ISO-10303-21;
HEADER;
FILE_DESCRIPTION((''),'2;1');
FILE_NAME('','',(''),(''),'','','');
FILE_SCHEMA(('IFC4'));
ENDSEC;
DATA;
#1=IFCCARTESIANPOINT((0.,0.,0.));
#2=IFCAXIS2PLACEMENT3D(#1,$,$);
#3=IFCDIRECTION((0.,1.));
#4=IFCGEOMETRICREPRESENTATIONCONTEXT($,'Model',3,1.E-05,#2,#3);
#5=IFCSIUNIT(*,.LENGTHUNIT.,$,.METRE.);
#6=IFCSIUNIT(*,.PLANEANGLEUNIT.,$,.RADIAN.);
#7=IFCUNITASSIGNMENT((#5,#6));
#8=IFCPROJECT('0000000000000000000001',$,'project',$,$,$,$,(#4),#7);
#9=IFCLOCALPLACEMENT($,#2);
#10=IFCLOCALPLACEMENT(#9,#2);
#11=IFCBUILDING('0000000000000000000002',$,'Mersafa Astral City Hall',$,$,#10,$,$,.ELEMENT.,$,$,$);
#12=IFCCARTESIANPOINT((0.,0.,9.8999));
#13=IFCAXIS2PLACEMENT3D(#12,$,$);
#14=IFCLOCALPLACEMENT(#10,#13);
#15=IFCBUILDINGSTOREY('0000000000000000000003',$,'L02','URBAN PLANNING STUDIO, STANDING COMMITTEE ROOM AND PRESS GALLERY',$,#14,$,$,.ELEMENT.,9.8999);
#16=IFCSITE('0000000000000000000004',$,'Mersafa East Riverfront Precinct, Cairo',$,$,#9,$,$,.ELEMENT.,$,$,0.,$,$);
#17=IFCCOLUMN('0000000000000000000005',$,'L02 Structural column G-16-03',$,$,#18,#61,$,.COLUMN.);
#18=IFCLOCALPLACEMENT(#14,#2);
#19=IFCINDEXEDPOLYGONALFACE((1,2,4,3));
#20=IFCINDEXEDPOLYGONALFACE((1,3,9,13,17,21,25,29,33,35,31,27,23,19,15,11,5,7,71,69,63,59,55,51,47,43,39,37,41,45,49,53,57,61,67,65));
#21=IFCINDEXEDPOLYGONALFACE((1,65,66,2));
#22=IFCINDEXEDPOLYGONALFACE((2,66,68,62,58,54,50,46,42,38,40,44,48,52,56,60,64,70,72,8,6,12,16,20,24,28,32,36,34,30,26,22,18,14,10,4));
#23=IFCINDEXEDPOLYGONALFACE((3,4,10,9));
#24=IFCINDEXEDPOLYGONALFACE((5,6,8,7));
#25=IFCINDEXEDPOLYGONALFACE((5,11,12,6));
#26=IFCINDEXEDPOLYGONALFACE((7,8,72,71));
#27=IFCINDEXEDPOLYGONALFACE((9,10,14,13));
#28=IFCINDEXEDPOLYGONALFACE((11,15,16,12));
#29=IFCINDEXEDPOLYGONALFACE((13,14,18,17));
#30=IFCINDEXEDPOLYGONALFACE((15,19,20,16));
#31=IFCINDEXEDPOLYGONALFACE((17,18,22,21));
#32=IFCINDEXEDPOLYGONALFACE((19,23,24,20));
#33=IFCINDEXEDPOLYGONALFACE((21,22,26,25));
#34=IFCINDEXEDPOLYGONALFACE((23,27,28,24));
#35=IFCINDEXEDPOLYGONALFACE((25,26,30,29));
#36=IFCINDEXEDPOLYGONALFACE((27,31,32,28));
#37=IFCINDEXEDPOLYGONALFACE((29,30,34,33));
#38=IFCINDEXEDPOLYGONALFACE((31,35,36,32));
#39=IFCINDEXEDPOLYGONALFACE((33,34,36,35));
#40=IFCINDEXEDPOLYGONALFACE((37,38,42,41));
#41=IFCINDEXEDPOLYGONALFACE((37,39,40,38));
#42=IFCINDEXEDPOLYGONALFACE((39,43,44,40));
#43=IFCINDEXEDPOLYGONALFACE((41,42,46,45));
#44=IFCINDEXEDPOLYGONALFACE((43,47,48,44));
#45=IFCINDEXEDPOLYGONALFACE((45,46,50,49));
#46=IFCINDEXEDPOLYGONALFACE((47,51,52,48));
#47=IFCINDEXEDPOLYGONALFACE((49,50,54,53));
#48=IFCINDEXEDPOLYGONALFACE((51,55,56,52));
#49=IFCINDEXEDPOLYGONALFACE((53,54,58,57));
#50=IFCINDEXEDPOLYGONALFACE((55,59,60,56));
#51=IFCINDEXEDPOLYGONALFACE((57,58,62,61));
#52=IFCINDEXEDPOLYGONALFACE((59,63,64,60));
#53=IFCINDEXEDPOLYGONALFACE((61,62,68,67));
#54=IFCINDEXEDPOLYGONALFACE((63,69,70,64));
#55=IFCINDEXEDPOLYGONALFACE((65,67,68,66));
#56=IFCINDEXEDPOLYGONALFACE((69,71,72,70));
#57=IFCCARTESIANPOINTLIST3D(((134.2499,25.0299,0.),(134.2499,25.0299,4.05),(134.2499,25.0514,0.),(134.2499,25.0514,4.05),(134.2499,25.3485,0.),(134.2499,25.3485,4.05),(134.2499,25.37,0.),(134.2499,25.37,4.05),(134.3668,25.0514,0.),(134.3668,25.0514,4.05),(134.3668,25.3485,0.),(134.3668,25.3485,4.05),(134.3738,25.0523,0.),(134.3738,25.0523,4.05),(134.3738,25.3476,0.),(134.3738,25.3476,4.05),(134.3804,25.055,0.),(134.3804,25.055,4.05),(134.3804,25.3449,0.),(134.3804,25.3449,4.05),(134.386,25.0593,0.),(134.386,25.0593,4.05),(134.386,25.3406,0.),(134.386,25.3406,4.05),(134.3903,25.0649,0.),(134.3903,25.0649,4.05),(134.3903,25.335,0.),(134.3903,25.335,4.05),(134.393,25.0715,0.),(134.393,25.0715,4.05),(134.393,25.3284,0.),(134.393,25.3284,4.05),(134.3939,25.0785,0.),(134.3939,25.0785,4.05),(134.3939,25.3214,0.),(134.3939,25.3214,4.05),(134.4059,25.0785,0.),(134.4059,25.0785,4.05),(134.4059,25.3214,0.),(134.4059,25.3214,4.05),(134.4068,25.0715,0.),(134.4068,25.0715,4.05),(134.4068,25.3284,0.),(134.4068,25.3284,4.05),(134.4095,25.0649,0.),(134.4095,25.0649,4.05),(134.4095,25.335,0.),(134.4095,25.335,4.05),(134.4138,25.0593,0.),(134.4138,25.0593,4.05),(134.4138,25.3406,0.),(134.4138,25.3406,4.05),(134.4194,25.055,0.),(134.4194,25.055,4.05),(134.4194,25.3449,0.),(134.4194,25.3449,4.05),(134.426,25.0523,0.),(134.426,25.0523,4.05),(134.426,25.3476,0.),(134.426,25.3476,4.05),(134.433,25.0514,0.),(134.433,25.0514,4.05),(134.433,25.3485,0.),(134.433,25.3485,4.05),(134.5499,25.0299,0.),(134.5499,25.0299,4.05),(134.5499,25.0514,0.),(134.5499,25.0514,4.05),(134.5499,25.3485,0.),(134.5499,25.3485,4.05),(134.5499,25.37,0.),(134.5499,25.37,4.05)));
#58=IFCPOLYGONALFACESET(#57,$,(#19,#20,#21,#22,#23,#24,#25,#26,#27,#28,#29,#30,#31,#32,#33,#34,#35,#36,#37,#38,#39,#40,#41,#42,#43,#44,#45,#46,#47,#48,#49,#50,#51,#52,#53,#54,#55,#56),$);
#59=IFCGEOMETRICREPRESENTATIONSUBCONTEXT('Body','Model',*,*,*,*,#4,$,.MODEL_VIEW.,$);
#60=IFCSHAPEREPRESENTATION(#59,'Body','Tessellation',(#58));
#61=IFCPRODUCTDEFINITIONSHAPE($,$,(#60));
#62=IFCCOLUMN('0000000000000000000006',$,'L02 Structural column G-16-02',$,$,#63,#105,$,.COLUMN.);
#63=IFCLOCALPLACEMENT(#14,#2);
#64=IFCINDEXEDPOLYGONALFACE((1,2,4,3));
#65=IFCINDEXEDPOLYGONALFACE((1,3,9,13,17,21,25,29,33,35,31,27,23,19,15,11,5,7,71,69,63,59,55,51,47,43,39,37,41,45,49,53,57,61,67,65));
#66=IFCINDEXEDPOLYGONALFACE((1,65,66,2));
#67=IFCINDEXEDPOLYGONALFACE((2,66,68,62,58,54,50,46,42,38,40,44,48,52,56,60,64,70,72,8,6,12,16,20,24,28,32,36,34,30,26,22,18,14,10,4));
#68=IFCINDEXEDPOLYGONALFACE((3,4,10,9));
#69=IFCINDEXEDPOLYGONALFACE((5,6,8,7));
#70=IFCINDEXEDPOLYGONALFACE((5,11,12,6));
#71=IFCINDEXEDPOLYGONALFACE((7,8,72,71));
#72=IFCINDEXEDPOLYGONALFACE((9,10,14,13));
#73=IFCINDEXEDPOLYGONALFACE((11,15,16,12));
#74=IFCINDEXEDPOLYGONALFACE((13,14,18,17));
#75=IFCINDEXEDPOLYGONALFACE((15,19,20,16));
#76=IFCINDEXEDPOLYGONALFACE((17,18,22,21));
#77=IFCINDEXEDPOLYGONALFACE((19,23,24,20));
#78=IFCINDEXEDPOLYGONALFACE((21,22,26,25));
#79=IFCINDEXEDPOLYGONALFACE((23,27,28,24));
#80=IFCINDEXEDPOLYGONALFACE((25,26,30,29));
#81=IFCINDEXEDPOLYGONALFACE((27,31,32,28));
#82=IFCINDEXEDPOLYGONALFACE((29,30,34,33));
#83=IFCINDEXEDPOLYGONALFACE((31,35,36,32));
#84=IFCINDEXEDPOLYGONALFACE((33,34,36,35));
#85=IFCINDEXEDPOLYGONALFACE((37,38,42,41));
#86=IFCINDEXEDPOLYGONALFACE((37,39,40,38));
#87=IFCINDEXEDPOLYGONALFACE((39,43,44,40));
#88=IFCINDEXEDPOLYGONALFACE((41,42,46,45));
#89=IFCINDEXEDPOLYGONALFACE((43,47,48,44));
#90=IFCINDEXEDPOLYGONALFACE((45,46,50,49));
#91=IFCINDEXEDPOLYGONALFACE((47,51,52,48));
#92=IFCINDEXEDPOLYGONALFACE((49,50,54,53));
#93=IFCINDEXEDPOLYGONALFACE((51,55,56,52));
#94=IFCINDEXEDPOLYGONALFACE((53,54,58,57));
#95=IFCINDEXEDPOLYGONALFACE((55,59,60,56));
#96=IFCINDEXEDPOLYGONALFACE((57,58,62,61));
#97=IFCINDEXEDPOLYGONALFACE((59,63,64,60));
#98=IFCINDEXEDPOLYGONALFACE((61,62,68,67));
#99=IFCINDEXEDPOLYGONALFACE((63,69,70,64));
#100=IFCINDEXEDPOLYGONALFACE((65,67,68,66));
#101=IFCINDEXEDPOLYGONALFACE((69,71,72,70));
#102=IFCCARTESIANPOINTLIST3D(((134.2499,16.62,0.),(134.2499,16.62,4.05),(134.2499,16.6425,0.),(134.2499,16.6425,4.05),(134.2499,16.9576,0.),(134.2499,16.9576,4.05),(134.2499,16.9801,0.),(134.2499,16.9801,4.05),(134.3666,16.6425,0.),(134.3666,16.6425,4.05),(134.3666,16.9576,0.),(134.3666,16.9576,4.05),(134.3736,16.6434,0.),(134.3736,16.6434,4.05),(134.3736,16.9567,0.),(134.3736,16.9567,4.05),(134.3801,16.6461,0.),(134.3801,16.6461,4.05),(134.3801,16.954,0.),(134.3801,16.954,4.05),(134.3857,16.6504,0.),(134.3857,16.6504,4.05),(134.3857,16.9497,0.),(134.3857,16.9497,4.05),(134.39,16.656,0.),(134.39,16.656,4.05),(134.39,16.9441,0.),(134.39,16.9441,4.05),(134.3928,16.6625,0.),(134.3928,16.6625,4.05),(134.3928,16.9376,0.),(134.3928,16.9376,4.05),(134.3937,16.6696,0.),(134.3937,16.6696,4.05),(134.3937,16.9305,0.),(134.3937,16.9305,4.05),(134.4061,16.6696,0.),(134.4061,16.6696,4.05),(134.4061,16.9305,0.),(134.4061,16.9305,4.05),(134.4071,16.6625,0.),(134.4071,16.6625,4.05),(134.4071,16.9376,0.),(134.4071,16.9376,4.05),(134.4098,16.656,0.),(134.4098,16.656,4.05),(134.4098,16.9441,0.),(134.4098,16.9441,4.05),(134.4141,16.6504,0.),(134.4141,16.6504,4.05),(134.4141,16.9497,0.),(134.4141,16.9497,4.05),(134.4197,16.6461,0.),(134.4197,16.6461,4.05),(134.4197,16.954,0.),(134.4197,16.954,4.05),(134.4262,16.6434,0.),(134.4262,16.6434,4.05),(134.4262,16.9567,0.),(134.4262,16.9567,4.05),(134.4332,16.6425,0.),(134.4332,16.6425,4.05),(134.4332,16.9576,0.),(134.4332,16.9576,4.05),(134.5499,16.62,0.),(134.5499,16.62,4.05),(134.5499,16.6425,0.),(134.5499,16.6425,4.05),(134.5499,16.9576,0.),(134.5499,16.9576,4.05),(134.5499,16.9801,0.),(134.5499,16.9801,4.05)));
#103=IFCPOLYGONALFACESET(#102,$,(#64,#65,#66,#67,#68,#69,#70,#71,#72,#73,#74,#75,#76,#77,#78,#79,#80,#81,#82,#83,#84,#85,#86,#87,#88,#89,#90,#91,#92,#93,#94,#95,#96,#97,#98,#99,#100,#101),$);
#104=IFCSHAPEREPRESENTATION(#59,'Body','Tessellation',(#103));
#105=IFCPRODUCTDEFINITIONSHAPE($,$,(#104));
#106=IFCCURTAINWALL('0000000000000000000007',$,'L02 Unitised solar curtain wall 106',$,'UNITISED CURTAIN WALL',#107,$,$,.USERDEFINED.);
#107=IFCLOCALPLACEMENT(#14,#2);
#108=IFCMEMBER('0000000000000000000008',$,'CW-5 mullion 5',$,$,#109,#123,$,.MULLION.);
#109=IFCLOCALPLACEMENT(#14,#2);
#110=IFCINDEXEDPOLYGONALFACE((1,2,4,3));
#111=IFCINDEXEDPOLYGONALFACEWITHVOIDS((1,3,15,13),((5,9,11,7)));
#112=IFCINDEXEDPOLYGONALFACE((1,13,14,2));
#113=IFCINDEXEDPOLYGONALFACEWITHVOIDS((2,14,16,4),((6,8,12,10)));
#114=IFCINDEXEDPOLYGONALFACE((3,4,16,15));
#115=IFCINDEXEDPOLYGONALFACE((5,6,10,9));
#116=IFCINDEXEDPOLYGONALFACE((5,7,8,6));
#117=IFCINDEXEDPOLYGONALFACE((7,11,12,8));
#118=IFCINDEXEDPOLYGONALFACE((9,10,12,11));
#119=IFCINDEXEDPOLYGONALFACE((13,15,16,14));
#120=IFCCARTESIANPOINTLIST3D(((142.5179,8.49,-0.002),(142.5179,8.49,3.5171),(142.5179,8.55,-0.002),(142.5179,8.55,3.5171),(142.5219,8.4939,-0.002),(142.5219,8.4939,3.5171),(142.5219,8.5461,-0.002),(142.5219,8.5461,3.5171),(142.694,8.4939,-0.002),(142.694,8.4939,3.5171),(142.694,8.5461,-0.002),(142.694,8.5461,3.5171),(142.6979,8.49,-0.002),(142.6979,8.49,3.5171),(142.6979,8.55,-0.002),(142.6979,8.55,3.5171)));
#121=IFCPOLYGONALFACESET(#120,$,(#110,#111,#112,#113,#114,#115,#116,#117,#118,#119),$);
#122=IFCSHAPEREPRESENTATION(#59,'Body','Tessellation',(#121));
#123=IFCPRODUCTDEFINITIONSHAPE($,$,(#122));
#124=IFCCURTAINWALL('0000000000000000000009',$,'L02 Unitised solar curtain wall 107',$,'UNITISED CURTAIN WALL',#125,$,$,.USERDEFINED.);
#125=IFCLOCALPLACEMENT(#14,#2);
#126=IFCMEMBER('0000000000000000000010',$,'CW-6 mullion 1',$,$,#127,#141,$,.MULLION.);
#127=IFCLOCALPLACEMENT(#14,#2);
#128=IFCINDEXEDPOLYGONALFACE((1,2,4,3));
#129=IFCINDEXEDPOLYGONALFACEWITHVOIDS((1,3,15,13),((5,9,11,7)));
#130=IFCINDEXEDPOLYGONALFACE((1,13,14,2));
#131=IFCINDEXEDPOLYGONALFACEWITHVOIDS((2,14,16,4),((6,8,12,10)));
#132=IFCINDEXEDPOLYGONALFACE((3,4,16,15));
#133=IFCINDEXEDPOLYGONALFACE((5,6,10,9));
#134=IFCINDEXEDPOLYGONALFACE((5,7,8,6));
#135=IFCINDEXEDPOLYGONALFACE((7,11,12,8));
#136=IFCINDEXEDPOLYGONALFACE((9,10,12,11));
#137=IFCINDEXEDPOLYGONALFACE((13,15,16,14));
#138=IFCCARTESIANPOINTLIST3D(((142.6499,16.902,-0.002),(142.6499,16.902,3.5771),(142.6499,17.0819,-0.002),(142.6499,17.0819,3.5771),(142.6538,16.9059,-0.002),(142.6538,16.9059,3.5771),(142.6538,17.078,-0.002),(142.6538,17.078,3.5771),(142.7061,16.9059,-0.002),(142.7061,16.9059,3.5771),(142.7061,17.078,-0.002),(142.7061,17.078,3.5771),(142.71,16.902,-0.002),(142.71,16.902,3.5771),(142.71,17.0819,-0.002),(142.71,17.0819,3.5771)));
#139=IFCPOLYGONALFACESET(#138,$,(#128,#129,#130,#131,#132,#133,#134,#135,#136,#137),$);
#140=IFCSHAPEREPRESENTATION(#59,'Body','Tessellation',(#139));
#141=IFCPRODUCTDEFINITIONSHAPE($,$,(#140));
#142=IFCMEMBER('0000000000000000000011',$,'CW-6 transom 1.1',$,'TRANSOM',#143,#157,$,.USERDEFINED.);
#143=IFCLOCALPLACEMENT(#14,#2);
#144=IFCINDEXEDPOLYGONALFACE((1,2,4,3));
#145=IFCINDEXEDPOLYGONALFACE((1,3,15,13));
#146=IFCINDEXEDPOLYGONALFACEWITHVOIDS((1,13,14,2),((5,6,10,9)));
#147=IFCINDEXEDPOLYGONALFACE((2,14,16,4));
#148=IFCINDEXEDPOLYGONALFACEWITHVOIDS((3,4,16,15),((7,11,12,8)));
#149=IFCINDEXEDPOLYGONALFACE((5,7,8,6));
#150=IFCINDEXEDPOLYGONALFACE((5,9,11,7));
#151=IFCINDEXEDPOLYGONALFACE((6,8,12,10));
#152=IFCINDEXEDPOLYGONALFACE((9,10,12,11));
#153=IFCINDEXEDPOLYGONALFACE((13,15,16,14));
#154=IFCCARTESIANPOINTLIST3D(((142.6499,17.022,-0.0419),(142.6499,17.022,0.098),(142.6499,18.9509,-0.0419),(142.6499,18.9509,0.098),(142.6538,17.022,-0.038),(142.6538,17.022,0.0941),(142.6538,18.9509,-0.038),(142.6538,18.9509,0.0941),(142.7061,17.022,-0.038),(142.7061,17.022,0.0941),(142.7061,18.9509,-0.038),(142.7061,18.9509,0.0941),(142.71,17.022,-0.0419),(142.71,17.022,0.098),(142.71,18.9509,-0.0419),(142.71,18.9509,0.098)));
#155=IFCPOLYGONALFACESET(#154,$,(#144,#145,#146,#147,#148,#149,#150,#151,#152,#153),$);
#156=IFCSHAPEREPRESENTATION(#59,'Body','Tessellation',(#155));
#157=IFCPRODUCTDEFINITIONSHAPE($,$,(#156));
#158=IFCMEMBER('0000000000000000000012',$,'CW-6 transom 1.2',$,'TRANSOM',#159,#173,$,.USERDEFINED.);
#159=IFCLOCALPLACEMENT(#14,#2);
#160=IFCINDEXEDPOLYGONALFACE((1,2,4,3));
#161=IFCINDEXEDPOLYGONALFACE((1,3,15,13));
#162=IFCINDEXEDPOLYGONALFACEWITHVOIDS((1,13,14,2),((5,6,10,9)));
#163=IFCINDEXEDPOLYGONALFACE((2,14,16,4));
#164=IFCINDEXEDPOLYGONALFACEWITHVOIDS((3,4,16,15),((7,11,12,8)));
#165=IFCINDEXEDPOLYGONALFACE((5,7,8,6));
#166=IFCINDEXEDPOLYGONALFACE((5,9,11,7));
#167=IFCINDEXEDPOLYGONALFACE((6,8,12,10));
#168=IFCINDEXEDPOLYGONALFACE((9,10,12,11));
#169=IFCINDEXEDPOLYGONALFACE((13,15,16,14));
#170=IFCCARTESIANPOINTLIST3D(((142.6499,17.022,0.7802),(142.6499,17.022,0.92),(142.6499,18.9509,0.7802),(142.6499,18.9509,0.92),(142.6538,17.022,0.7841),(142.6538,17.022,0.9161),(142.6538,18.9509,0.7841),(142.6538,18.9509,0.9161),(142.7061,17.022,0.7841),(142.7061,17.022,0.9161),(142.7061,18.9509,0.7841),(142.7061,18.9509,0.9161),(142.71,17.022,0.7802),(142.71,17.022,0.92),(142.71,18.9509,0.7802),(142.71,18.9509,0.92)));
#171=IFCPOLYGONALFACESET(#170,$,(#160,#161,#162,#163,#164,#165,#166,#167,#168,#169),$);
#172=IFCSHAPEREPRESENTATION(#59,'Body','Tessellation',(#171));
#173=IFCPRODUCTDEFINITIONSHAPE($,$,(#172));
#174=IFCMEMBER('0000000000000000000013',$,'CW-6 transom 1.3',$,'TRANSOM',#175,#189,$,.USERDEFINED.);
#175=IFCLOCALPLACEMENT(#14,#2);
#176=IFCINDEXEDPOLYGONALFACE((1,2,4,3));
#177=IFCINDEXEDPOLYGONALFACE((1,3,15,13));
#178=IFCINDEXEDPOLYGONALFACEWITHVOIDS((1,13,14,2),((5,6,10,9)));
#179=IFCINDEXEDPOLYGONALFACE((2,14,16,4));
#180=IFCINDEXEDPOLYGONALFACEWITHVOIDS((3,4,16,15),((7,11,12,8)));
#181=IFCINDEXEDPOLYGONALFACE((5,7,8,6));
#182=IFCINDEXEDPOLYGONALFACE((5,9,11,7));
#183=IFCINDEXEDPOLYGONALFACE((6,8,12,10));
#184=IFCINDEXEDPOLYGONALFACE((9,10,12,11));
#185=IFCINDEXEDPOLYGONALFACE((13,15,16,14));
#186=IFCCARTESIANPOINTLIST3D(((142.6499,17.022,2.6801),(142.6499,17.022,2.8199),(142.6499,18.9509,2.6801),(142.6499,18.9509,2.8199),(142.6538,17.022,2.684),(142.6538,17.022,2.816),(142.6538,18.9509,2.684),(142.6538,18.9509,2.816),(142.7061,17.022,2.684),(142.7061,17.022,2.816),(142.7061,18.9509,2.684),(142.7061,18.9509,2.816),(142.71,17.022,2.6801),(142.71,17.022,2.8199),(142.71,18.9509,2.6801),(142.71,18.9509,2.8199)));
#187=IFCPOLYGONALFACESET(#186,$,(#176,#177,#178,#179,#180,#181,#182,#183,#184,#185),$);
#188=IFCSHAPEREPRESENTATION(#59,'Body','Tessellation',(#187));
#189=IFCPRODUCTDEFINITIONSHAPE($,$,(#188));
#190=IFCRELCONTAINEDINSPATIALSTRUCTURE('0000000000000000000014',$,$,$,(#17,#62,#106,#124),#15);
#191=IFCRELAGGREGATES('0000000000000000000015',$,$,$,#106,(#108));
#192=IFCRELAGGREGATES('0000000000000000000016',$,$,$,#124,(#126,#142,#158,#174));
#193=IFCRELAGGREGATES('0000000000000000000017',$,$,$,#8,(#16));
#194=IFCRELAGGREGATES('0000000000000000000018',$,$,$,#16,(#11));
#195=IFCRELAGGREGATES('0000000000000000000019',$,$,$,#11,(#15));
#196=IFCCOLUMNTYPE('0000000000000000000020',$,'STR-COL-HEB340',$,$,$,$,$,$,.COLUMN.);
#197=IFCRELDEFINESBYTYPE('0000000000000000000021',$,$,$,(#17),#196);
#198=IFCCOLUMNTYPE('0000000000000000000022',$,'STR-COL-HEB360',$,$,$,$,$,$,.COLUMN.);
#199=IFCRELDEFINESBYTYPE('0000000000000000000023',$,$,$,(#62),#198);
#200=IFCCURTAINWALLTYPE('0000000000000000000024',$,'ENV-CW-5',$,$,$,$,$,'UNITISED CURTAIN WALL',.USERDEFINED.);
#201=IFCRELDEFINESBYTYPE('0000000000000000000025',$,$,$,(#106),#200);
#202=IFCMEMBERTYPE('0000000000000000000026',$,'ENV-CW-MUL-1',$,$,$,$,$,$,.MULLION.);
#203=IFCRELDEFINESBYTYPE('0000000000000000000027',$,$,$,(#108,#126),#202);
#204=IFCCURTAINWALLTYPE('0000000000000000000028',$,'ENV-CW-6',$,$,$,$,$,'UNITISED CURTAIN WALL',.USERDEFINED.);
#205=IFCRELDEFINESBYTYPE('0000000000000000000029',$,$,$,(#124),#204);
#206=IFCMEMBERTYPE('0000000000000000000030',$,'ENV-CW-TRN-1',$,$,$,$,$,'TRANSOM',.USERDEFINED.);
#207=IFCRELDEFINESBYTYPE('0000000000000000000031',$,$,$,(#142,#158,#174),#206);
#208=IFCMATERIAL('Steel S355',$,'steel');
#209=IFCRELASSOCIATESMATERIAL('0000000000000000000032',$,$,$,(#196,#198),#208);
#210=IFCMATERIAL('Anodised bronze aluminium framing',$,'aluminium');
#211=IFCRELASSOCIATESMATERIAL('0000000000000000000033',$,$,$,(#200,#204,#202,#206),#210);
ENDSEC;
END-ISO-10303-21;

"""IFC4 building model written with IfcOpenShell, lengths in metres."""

from ifc_helpers import new_model, si_unit, direction, frame, origin, origin_2d, place, context, subcontext, project, spatial, hollow_rectangle, i_section, extrude, material, material_profile, profile_set, type_object, element, aggregate, save


model = new_model("IFC4")

# Units and contexts
model_context = context("Model", 3, precision=1e-05, world=origin(), true_north=direction((0.0, 1.0)))
body_context = subcontext(model_context, "Body", "Model", "MODEL_VIEW")
ifc_project = project(units=[si_unit("LENGTHUNIT", "METRE"), si_unit("PLANEANGLEUNIT", "RADIAN")], contexts=[model_context])

# Site, building, storey
site_placement = place(None, origin())
site = spatial("IfcSite", under=ifc_project, at=site_placement, Name="Mersafa East Riverfront Precinct, Cairo", CompositionType="ELEMENT", RefElevation=0.0)
building_placement = place(site_placement, origin())
building = spatial("IfcBuilding", under=site, at=building_placement, Name="Mersafa Astral City Hall", CompositionType="ELEMENT")
storey_placement = place(building_placement, frame((0.0, 0.0, 9.8999)))
storey = spatial("IfcBuildingStorey", under=building, at=storey_placement, Name="L02", Description="URBAN PLANNING STUDIO, STANDING COMMITTEE ROOM AND PRESS GALLERY", CompositionType="ELEMENT", Elevation=9.8999)

# Columns
ifc_material_1 = material(Name="Steel S355", Category="steel")
ifc_material_profile_1 = material_profile(ifc_material_1, i_section(OverallWidth=0.3, OverallDepth=0.3401, WebThickness=0.012, FlangeThickness=0.0215, FilletRadius=0.0271, at=origin_2d()), Name="HEB 340")
ifc_profile_set_1 = profile_set([ifc_material_profile_1], Name="Steel S355")
column_type_1 = type_object("IfcColumnType", Name="STR-COL-HEB340", PredefinedType="COLUMN", material=ifc_profile_set_1)
column_1_placement = place(storey_placement, frame((134.3999, 25.2, 0.0), z_axis=(0.0, 0.0, 1.0), x_axis=(1.0, 0.0, 0.0)))
element("IfcColumn", 1, at=column_1_placement, inside=storey, type_object=column_type_1, Name="L02 Structural column G-16-03", PredefinedType="COLUMN", context=body_context, shape_type="SweptSolid", body=[
    extrude(i_section(OverallWidth=0.3, OverallDepth=0.3401, WebThickness=0.012, FlangeThickness=0.0215, FilletRadius=0.0271, at=origin_2d()), origin(), (0.0, 0.0, 1.0), 4.05),
])
ifc_material_profile_2 = material_profile(ifc_material_1, i_section(OverallWidth=0.3, OverallDepth=0.3601, WebThickness=0.0125, FlangeThickness=0.0225, FilletRadius=0.0271, at=origin_2d()), Name="HEB 360")
ifc_profile_set_2 = profile_set([ifc_material_profile_2], Name="Steel S355")
column_type_2 = type_object("IfcColumnType", Name="STR-COL-HEB360", PredefinedType="COLUMN", material=ifc_profile_set_2)
column_2_placement = place(storey_placement, frame((134.3999, 16.8, 0.0), z_axis=(0.0, 0.0, 1.0), x_axis=(1.0, 0.0, 0.0)))
element("IfcColumn", 2, at=column_2_placement, inside=storey, type_object=column_type_2, Name="L02 Structural column G-16-02", PredefinedType="COLUMN", context=body_context, shape_type="SweptSolid", body=[
    extrude(i_section(OverallWidth=0.3, OverallDepth=0.3601, WebThickness=0.0125, FlangeThickness=0.0225, FilletRadius=0.0271, at=origin_2d()), origin(), (0.0, 0.0, 1.0), 4.05),
])

# Curtain wall, member
ifc_material_2 = material(Name="Anodised bronze aluminium framing", Category="aluminium")
curtain_wall_type_1 = type_object("IfcCurtainWallType", Name="ENV-CW-5", ElementType="UNITISED CURTAIN WALL", PredefinedType="USERDEFINED", material=ifc_material_2)
curtain_wall_1_placement = place(storey_placement, origin())
curtain_wall_1 = element("IfcCurtainWall", 3, at=curtain_wall_1_placement, inside=storey, type_object=curtain_wall_type_1, Name="L02 Unitised solar curtain wall 106", ObjectType="UNITISED CURTAIN WALL", PredefinedType="USERDEFINED")
ifc_material_profile_3 = material_profile(ifc_material_2, hollow_rectangle(XDim=0.0601, YDim=0.1799, WallThickness=0.0039, at=origin_2d()), Name="RHS 60x180x4")
ifc_profile_set_3 = profile_set([ifc_material_profile_3], Name="Anodised bronze aluminium framing")
member_type_1 = type_object("IfcMemberType", Name="ENV-CW-MUL-1", PredefinedType="MULLION", material=ifc_profile_set_3)
member_1_placement = place(storey_placement, frame((142.6079, 8.52, -0.002), z_axis=(0.0, 0.0, 1.0), x_axis=(0.0, 1.0, 0.0)))
member_1 = element("IfcMember", 4, at=member_1_placement, type_object=member_type_1, Name="CW-5 mullion 5", PredefinedType="MULLION", context=body_context, shape_type="SweptSolid", body=[
    extrude(hollow_rectangle(XDim=0.0601, YDim=0.1799, WallThickness=0.0039, at=origin_2d()), origin(), (0.0, 0.0, 1.0), 3.519),
])

# Curtain wall, members
curtain_wall_type_2 = type_object("IfcCurtainWallType", Name="ENV-CW-6", ElementType="UNITISED CURTAIN WALL", PredefinedType="USERDEFINED", material=ifc_material_2)
curtain_wall_2_placement = place(storey_placement, origin())
curtain_wall_2 = element("IfcCurtainWall", 5, at=curtain_wall_2_placement, inside=storey, type_object=curtain_wall_type_2, Name="L02 Unitised solar curtain wall 107", ObjectType="UNITISED CURTAIN WALL", PredefinedType="USERDEFINED")
member_2_placement = place(storey_placement, frame((142.6799, 16.9919, -0.002), z_axis=(0.0, 0.0, 1.0), x_axis=(-1.0, 0.0, 0.0)))
member_2 = element("IfcMember", 6, at=member_2_placement, type_object=member_type_1, Name="CW-6 mullion 1", PredefinedType="MULLION", context=body_context, shape_type="SweptSolid", body=[
    extrude(hollow_rectangle(XDim=0.0601, YDim=0.1799, WallThickness=0.0039, at=origin_2d()), origin(), (0.0, 0.0, 1.0), 3.5791),
])
ifc_material_profile_4 = material_profile(ifc_material_2, hollow_rectangle(XDim=0.0601, YDim=0.1399, WallThickness=0.0039, at=origin_2d()), Name="RHS 60x140x4")
ifc_profile_set_4 = profile_set([ifc_material_profile_4], Name="Anodised bronze aluminium framing")
member_type_2 = type_object("IfcMemberType", Name="ENV-CW-TRN-1", ElementType="TRANSOM", PredefinedType="USERDEFINED", material=ifc_profile_set_4)
member_3_placement = place(storey_placement, frame((142.6799, 17.022, 0.0281), z_axis=(0.0, 1.0, 0.0), x_axis=(-1.0, 0.0, 0.0)))
member_3 = element("IfcMember", 7, at=member_3_placement, type_object=member_type_2, Name="CW-6 transom 1.1", ObjectType="TRANSOM", PredefinedType="USERDEFINED", context=body_context, shape_type="SweptSolid", body=[
    extrude(hollow_rectangle(XDim=0.0601, YDim=0.1399, WallThickness=0.0039, at=origin_2d()), origin(), (0.0, 0.0, 1.0), 1.929),
])
member_4_placement = place(storey_placement, frame((142.6799, 17.022, 0.8501), z_axis=(0.0, 1.0, 0.0), x_axis=(-1.0, 0.0, 0.0)))
member_4 = element("IfcMember", 8, at=member_4_placement, type_object=member_type_2, Name="CW-6 transom 1.2", ObjectType="TRANSOM", PredefinedType="USERDEFINED", context=body_context, shape_type="SweptSolid", body=[
    extrude(hollow_rectangle(XDim=0.0601, YDim=0.1399, WallThickness=0.0039, at=origin_2d()), origin(), (0.0, 0.0, 1.0), 1.929),
])
member_5_placement = place(storey_placement, frame((142.6799, 17.022, 2.75), z_axis=(0.0, 1.0, 0.0), x_axis=(-1.0, 0.0, 0.0)))
member_5 = element("IfcMember", 9, at=member_5_placement, type_object=member_type_2, Name="CW-6 transom 1.3", ObjectType="TRANSOM", PredefinedType="USERDEFINED", context=body_context, shape_type="SweptSolid", body=[
    extrude(hollow_rectangle(XDim=0.0601, YDim=0.1399, WallThickness=0.0039, at=origin_2d()), origin(), (0.0, 0.0, 1.0), 1.929),
])

aggregate(curtain_wall_1, [member_1])
aggregate(curtain_wall_2, [member_2, member_3, member_4, member_5])

save(model, "model.ifc")
